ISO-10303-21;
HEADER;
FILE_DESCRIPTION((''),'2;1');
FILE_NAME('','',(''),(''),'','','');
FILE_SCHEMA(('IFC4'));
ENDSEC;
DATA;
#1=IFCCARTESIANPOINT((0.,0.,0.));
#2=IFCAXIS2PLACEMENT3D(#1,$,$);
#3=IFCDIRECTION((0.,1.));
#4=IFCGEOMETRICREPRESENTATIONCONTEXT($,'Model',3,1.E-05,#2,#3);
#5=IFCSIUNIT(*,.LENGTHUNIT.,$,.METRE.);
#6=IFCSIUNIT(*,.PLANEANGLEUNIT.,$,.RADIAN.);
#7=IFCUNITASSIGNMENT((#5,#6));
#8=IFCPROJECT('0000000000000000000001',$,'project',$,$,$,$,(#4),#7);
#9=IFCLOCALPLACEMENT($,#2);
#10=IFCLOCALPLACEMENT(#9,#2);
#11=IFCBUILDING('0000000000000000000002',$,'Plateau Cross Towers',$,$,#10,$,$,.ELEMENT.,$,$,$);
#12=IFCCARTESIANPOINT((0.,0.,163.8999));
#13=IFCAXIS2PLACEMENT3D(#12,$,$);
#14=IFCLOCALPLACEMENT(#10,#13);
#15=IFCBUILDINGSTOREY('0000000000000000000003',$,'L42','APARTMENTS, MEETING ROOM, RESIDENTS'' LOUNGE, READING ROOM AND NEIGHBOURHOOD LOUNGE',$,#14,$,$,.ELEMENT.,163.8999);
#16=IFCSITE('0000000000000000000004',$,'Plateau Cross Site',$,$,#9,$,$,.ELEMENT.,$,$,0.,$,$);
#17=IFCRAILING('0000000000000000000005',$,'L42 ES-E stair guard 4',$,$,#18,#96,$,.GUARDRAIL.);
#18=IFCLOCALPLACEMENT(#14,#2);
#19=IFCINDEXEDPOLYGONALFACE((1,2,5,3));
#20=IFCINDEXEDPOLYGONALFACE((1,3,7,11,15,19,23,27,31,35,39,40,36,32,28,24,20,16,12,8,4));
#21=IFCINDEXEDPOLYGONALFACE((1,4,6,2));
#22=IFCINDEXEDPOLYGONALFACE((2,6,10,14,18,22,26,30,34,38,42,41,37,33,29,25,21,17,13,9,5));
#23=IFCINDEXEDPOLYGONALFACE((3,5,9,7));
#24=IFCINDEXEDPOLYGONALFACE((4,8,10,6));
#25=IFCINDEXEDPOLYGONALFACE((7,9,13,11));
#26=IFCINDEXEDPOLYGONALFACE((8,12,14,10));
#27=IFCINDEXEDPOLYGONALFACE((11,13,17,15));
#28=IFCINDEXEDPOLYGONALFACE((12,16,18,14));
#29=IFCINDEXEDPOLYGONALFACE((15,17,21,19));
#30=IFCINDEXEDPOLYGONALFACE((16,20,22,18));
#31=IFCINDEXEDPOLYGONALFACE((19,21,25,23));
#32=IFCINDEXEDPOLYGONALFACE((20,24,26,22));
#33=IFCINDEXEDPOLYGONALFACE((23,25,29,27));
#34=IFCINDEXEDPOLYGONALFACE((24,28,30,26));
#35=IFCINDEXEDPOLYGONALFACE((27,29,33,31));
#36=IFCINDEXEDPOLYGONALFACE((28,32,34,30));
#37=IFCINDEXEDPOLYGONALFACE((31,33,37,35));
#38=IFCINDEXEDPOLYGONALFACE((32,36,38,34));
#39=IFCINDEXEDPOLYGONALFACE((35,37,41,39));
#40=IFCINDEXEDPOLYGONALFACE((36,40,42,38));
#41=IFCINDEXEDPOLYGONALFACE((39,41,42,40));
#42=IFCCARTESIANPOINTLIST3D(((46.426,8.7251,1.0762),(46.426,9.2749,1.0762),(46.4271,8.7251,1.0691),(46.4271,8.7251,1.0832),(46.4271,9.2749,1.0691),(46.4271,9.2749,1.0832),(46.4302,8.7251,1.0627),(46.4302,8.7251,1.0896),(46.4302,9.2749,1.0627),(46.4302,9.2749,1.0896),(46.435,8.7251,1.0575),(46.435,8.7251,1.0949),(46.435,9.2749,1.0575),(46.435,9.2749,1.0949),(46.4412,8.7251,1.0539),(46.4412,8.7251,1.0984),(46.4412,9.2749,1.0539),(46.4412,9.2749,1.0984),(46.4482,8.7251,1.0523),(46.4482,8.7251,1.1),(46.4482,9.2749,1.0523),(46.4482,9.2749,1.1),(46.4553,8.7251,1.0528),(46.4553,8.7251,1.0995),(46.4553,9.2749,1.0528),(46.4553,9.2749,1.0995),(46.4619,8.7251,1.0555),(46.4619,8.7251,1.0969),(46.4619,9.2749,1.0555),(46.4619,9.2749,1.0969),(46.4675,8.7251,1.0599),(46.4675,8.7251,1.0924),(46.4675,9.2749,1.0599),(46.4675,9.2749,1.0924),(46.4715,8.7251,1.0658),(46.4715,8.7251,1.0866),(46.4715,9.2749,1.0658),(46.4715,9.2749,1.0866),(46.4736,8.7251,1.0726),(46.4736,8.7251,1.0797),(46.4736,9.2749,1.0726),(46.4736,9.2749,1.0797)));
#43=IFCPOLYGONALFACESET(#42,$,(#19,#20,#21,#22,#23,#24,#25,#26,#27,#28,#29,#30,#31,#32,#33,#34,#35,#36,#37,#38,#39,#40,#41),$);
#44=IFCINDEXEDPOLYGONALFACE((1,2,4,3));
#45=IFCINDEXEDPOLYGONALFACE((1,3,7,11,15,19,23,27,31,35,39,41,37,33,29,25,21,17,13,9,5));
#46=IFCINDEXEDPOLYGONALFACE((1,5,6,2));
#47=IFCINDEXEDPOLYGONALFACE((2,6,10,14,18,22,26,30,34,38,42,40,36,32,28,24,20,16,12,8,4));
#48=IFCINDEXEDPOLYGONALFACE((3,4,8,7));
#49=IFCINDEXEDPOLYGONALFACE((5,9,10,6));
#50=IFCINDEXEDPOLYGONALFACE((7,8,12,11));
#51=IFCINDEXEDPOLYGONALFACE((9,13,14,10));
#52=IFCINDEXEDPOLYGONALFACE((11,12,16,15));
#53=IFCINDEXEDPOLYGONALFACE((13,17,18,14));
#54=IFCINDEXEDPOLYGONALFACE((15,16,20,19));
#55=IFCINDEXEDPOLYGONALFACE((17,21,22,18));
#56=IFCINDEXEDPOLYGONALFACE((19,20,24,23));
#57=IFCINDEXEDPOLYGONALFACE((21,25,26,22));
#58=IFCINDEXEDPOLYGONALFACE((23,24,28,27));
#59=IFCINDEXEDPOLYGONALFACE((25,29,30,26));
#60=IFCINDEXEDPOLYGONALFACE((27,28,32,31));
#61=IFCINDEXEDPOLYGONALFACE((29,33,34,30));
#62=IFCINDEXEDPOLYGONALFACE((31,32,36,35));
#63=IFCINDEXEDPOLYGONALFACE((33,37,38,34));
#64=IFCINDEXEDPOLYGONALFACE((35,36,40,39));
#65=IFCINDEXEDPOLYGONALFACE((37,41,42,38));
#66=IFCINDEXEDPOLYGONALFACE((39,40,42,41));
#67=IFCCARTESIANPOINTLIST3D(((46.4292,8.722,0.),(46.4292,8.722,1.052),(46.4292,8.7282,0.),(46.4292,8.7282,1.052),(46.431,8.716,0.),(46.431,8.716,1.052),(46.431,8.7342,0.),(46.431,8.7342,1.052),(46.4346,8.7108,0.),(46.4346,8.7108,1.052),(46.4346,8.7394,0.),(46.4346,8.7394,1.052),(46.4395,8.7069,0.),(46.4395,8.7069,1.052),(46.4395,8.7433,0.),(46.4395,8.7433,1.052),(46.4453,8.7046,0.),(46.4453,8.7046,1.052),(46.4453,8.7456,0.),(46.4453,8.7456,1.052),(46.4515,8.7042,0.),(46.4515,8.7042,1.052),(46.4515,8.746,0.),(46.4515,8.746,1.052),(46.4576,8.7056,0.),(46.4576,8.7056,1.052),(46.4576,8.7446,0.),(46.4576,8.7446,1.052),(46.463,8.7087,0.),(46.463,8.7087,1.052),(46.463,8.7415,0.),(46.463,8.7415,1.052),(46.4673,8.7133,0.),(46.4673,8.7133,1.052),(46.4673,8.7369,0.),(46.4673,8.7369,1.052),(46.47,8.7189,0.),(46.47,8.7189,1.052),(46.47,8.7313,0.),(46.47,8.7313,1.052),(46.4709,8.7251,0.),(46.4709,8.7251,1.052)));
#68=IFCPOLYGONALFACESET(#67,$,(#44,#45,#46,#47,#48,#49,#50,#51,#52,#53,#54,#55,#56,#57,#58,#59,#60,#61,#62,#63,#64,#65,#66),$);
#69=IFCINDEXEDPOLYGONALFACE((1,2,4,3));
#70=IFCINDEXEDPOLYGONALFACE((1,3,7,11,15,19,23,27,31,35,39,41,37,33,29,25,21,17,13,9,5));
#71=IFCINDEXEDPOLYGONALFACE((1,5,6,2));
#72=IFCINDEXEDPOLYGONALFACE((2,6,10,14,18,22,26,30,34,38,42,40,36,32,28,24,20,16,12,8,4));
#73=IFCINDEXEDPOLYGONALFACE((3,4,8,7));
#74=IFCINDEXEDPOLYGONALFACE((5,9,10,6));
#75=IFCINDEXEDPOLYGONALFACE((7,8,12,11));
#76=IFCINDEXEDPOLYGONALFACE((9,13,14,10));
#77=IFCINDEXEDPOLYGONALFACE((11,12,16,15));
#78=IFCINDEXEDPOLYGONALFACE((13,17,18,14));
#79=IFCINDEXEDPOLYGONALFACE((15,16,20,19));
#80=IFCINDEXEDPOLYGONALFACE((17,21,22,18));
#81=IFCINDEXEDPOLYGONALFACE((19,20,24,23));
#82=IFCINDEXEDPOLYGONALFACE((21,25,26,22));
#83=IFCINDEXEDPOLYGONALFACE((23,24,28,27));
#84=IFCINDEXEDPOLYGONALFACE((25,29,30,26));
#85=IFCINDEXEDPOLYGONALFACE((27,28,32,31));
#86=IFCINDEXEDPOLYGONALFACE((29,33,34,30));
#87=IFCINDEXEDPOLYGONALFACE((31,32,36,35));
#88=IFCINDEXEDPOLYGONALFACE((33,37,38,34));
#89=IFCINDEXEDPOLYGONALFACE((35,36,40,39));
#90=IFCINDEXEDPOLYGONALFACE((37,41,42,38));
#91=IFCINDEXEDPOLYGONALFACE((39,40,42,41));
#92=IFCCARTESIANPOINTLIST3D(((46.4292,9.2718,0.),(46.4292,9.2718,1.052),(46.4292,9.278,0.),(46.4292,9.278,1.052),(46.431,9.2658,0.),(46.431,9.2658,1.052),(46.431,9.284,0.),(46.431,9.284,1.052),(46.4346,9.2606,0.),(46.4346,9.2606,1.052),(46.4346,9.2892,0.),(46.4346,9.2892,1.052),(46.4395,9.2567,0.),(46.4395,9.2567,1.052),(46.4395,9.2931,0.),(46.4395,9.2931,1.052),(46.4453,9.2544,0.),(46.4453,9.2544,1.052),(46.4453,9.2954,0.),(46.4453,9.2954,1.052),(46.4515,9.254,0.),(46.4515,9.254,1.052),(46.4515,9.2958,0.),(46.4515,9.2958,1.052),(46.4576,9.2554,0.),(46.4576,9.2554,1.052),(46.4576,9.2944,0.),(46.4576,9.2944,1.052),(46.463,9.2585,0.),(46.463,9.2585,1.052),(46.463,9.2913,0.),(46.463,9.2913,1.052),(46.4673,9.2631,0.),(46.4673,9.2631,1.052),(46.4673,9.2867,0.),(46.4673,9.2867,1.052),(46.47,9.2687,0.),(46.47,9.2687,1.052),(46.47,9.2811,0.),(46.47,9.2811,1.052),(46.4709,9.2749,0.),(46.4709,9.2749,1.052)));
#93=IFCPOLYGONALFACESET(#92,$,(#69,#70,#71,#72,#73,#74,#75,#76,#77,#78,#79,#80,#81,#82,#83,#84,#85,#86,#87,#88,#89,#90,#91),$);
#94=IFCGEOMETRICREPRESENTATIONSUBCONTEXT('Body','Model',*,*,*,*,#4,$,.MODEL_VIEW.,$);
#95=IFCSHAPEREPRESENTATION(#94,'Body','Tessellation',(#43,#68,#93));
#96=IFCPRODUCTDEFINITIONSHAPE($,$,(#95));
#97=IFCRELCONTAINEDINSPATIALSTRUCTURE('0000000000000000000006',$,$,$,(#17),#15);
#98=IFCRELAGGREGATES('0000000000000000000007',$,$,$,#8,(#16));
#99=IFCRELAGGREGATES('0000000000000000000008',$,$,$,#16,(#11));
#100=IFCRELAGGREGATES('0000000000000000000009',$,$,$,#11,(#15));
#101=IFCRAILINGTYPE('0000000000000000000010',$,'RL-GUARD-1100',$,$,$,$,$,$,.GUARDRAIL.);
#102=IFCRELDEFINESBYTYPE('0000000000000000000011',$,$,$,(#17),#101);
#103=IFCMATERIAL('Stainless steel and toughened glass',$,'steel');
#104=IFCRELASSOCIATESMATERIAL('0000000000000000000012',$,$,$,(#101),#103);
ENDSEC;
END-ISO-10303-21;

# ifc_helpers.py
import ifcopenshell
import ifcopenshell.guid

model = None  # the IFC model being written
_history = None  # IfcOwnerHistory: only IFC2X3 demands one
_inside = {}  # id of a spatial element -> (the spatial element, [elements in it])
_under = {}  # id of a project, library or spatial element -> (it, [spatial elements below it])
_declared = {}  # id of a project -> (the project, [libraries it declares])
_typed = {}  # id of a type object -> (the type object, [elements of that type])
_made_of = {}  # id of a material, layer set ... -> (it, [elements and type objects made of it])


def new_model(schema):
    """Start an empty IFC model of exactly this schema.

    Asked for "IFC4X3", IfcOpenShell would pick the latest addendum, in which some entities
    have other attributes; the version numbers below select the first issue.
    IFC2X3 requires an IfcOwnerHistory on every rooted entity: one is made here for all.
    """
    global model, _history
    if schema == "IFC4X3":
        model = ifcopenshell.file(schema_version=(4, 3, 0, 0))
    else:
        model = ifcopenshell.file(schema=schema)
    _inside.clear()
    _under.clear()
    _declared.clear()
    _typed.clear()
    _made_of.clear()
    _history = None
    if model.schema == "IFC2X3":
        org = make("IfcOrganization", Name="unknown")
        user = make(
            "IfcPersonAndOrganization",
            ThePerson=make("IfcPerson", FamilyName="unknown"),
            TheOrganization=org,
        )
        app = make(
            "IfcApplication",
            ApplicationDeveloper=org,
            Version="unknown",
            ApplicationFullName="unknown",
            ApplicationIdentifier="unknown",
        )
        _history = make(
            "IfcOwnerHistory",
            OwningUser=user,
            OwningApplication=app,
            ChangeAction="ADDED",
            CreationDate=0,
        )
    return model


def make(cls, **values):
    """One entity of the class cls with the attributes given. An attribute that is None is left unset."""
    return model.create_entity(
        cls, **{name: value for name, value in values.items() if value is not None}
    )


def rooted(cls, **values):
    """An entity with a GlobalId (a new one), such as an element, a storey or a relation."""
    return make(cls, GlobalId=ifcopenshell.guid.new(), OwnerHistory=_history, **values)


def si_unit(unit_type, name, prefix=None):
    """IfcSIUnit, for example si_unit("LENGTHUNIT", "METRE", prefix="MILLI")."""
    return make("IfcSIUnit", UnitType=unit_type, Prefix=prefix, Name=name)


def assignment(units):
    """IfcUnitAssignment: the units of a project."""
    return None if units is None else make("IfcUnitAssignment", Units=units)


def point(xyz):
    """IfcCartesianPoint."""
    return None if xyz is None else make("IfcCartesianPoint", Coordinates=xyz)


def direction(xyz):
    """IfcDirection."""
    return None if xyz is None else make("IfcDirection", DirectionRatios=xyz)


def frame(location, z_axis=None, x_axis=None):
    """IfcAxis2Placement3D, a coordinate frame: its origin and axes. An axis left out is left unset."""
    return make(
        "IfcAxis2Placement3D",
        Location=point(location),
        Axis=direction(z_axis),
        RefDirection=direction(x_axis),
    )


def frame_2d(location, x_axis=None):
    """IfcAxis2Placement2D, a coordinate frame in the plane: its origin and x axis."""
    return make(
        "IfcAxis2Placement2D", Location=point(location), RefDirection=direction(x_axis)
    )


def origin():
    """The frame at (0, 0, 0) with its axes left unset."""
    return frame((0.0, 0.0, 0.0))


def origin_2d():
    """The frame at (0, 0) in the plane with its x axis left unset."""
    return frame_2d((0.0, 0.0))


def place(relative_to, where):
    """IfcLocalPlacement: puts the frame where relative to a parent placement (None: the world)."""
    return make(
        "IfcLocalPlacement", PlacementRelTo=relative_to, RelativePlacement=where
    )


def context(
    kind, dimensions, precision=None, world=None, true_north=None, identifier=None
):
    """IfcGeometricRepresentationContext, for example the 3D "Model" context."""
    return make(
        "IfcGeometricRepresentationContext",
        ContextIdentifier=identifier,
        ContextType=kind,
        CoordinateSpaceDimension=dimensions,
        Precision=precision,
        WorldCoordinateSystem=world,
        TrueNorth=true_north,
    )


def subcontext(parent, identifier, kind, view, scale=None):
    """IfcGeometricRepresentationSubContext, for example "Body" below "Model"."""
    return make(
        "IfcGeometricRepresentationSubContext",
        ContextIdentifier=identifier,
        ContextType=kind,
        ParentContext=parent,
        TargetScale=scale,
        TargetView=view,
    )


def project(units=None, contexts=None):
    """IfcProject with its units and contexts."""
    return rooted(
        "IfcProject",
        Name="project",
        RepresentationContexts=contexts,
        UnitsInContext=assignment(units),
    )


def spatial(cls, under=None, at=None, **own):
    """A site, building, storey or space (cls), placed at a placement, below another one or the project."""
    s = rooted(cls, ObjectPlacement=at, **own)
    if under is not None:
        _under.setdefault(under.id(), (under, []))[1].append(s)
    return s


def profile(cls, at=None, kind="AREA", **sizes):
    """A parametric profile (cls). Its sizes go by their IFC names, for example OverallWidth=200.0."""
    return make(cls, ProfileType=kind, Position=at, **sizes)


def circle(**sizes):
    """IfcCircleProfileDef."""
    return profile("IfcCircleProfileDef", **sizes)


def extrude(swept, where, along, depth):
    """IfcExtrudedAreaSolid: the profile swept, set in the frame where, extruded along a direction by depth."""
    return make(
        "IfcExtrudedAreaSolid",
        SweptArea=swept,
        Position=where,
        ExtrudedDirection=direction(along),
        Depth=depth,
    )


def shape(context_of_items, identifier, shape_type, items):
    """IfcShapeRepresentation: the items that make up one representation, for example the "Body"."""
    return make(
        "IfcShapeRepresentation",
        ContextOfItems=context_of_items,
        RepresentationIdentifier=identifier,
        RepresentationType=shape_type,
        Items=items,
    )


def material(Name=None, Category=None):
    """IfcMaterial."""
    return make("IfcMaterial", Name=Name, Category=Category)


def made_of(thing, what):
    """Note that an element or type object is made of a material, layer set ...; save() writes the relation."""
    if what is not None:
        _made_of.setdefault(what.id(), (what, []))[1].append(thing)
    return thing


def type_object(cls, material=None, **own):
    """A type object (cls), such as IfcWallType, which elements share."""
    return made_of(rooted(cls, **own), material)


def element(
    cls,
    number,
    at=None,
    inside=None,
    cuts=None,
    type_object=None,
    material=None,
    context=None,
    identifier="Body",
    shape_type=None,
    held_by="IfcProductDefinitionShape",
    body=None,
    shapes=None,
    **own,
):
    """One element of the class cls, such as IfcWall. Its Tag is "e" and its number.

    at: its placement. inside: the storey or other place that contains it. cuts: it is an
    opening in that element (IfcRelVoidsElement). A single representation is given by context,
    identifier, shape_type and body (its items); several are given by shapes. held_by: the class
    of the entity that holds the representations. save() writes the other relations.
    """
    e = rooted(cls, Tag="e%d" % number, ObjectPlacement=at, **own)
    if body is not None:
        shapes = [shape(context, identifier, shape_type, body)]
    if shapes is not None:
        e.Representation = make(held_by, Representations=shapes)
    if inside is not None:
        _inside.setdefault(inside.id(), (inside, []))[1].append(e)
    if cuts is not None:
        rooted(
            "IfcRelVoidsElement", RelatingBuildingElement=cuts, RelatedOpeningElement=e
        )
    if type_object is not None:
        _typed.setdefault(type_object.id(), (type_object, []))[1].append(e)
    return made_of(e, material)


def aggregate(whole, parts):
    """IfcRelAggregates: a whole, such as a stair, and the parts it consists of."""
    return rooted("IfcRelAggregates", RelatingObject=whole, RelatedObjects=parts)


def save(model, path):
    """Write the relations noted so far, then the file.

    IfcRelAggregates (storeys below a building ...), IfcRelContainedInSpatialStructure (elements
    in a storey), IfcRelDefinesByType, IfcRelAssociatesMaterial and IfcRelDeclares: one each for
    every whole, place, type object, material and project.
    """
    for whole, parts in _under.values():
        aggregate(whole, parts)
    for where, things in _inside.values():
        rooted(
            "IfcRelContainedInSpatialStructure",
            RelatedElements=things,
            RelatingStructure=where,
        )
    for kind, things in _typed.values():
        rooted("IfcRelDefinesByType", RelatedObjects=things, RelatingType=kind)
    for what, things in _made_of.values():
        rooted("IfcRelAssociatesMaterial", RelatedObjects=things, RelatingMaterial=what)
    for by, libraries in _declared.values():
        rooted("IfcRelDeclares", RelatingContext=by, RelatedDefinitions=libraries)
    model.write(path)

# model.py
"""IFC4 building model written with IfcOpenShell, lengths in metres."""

from ifc_helpers import new_model, si_unit, direction, frame, origin, origin_2d, place, context, subcontext, project, spatial, circle, extrude, material, type_object, element, save


model = new_model("IFC4")

# Units and contexts
model_context = context("Model", 3, precision=1e-05, world=origin(), true_north=direction((0.0, 1.0)))
body_context = subcontext(model_context, "Body", "Model", "MODEL_VIEW")
ifc_project = project(units=[si_unit("LENGTHUNIT", "METRE"), si_unit("PLANEANGLEUNIT", "RADIAN")], contexts=[model_context])

# Site, building, storey
site_placement = place(None, origin())
site = spatial("IfcSite", under=ifc_project, at=site_placement, Name="Plateau Cross Site", CompositionType="ELEMENT", RefElevation=0.0)
building_placement = place(site_placement, origin())
building = spatial("IfcBuilding", under=site, at=building_placement, Name="Plateau Cross Towers", CompositionType="ELEMENT")
storey_placement = place(building_placement, frame((0.0, 0.0, 163.8999)))
storey = spatial("IfcBuildingStorey", under=building, at=storey_placement, Name="L42", Description="APARTMENTS, MEETING ROOM, RESIDENTS' LOUNGE, READING ROOM AND NEIGHBOURHOOD LOUNGE", CompositionType="ELEMENT", Elevation=163.8999)

# Railing
ifc_material_1 = material(Name="Stainless steel and toughened glass", Category="steel")
railing_type_1 = type_object("IfcRailingType", Name="RL-GUARD-1100", PredefinedType="GUARDRAIL", material=ifc_material_1)
railing_1_placement = place(storey_placement, frame((46.45, 8.7251, 0.0)))
element("IfcRailing", 1, at=railing_1_placement, inside=storey, type_object=railing_type_1, Name="L42 ES-E stair guard 4", PredefinedType="GUARDRAIL", context=body_context, shape_type="SweptSolid", body=[
    extrude(circle(Radius=0.0239, at=origin_2d()), frame((0.0, 0.0, 1.0762), z_axis=(0.0, 1.0, 0.0), x_axis=(-1.0, 0.0, 0.0)), (0.0, 0.0, 1.0), 0.5498),
    extrude(circle(Radius=0.021, at=origin_2d()), origin(), (0.0, 0.0, 1.0), 1.052),
    extrude(circle(Radius=0.021, at=origin_2d()), frame((0.0, 0.5498, 0.0)), (0.0, 0.0, 1.0), 1.052),
])

save(model, "model.ifc")
